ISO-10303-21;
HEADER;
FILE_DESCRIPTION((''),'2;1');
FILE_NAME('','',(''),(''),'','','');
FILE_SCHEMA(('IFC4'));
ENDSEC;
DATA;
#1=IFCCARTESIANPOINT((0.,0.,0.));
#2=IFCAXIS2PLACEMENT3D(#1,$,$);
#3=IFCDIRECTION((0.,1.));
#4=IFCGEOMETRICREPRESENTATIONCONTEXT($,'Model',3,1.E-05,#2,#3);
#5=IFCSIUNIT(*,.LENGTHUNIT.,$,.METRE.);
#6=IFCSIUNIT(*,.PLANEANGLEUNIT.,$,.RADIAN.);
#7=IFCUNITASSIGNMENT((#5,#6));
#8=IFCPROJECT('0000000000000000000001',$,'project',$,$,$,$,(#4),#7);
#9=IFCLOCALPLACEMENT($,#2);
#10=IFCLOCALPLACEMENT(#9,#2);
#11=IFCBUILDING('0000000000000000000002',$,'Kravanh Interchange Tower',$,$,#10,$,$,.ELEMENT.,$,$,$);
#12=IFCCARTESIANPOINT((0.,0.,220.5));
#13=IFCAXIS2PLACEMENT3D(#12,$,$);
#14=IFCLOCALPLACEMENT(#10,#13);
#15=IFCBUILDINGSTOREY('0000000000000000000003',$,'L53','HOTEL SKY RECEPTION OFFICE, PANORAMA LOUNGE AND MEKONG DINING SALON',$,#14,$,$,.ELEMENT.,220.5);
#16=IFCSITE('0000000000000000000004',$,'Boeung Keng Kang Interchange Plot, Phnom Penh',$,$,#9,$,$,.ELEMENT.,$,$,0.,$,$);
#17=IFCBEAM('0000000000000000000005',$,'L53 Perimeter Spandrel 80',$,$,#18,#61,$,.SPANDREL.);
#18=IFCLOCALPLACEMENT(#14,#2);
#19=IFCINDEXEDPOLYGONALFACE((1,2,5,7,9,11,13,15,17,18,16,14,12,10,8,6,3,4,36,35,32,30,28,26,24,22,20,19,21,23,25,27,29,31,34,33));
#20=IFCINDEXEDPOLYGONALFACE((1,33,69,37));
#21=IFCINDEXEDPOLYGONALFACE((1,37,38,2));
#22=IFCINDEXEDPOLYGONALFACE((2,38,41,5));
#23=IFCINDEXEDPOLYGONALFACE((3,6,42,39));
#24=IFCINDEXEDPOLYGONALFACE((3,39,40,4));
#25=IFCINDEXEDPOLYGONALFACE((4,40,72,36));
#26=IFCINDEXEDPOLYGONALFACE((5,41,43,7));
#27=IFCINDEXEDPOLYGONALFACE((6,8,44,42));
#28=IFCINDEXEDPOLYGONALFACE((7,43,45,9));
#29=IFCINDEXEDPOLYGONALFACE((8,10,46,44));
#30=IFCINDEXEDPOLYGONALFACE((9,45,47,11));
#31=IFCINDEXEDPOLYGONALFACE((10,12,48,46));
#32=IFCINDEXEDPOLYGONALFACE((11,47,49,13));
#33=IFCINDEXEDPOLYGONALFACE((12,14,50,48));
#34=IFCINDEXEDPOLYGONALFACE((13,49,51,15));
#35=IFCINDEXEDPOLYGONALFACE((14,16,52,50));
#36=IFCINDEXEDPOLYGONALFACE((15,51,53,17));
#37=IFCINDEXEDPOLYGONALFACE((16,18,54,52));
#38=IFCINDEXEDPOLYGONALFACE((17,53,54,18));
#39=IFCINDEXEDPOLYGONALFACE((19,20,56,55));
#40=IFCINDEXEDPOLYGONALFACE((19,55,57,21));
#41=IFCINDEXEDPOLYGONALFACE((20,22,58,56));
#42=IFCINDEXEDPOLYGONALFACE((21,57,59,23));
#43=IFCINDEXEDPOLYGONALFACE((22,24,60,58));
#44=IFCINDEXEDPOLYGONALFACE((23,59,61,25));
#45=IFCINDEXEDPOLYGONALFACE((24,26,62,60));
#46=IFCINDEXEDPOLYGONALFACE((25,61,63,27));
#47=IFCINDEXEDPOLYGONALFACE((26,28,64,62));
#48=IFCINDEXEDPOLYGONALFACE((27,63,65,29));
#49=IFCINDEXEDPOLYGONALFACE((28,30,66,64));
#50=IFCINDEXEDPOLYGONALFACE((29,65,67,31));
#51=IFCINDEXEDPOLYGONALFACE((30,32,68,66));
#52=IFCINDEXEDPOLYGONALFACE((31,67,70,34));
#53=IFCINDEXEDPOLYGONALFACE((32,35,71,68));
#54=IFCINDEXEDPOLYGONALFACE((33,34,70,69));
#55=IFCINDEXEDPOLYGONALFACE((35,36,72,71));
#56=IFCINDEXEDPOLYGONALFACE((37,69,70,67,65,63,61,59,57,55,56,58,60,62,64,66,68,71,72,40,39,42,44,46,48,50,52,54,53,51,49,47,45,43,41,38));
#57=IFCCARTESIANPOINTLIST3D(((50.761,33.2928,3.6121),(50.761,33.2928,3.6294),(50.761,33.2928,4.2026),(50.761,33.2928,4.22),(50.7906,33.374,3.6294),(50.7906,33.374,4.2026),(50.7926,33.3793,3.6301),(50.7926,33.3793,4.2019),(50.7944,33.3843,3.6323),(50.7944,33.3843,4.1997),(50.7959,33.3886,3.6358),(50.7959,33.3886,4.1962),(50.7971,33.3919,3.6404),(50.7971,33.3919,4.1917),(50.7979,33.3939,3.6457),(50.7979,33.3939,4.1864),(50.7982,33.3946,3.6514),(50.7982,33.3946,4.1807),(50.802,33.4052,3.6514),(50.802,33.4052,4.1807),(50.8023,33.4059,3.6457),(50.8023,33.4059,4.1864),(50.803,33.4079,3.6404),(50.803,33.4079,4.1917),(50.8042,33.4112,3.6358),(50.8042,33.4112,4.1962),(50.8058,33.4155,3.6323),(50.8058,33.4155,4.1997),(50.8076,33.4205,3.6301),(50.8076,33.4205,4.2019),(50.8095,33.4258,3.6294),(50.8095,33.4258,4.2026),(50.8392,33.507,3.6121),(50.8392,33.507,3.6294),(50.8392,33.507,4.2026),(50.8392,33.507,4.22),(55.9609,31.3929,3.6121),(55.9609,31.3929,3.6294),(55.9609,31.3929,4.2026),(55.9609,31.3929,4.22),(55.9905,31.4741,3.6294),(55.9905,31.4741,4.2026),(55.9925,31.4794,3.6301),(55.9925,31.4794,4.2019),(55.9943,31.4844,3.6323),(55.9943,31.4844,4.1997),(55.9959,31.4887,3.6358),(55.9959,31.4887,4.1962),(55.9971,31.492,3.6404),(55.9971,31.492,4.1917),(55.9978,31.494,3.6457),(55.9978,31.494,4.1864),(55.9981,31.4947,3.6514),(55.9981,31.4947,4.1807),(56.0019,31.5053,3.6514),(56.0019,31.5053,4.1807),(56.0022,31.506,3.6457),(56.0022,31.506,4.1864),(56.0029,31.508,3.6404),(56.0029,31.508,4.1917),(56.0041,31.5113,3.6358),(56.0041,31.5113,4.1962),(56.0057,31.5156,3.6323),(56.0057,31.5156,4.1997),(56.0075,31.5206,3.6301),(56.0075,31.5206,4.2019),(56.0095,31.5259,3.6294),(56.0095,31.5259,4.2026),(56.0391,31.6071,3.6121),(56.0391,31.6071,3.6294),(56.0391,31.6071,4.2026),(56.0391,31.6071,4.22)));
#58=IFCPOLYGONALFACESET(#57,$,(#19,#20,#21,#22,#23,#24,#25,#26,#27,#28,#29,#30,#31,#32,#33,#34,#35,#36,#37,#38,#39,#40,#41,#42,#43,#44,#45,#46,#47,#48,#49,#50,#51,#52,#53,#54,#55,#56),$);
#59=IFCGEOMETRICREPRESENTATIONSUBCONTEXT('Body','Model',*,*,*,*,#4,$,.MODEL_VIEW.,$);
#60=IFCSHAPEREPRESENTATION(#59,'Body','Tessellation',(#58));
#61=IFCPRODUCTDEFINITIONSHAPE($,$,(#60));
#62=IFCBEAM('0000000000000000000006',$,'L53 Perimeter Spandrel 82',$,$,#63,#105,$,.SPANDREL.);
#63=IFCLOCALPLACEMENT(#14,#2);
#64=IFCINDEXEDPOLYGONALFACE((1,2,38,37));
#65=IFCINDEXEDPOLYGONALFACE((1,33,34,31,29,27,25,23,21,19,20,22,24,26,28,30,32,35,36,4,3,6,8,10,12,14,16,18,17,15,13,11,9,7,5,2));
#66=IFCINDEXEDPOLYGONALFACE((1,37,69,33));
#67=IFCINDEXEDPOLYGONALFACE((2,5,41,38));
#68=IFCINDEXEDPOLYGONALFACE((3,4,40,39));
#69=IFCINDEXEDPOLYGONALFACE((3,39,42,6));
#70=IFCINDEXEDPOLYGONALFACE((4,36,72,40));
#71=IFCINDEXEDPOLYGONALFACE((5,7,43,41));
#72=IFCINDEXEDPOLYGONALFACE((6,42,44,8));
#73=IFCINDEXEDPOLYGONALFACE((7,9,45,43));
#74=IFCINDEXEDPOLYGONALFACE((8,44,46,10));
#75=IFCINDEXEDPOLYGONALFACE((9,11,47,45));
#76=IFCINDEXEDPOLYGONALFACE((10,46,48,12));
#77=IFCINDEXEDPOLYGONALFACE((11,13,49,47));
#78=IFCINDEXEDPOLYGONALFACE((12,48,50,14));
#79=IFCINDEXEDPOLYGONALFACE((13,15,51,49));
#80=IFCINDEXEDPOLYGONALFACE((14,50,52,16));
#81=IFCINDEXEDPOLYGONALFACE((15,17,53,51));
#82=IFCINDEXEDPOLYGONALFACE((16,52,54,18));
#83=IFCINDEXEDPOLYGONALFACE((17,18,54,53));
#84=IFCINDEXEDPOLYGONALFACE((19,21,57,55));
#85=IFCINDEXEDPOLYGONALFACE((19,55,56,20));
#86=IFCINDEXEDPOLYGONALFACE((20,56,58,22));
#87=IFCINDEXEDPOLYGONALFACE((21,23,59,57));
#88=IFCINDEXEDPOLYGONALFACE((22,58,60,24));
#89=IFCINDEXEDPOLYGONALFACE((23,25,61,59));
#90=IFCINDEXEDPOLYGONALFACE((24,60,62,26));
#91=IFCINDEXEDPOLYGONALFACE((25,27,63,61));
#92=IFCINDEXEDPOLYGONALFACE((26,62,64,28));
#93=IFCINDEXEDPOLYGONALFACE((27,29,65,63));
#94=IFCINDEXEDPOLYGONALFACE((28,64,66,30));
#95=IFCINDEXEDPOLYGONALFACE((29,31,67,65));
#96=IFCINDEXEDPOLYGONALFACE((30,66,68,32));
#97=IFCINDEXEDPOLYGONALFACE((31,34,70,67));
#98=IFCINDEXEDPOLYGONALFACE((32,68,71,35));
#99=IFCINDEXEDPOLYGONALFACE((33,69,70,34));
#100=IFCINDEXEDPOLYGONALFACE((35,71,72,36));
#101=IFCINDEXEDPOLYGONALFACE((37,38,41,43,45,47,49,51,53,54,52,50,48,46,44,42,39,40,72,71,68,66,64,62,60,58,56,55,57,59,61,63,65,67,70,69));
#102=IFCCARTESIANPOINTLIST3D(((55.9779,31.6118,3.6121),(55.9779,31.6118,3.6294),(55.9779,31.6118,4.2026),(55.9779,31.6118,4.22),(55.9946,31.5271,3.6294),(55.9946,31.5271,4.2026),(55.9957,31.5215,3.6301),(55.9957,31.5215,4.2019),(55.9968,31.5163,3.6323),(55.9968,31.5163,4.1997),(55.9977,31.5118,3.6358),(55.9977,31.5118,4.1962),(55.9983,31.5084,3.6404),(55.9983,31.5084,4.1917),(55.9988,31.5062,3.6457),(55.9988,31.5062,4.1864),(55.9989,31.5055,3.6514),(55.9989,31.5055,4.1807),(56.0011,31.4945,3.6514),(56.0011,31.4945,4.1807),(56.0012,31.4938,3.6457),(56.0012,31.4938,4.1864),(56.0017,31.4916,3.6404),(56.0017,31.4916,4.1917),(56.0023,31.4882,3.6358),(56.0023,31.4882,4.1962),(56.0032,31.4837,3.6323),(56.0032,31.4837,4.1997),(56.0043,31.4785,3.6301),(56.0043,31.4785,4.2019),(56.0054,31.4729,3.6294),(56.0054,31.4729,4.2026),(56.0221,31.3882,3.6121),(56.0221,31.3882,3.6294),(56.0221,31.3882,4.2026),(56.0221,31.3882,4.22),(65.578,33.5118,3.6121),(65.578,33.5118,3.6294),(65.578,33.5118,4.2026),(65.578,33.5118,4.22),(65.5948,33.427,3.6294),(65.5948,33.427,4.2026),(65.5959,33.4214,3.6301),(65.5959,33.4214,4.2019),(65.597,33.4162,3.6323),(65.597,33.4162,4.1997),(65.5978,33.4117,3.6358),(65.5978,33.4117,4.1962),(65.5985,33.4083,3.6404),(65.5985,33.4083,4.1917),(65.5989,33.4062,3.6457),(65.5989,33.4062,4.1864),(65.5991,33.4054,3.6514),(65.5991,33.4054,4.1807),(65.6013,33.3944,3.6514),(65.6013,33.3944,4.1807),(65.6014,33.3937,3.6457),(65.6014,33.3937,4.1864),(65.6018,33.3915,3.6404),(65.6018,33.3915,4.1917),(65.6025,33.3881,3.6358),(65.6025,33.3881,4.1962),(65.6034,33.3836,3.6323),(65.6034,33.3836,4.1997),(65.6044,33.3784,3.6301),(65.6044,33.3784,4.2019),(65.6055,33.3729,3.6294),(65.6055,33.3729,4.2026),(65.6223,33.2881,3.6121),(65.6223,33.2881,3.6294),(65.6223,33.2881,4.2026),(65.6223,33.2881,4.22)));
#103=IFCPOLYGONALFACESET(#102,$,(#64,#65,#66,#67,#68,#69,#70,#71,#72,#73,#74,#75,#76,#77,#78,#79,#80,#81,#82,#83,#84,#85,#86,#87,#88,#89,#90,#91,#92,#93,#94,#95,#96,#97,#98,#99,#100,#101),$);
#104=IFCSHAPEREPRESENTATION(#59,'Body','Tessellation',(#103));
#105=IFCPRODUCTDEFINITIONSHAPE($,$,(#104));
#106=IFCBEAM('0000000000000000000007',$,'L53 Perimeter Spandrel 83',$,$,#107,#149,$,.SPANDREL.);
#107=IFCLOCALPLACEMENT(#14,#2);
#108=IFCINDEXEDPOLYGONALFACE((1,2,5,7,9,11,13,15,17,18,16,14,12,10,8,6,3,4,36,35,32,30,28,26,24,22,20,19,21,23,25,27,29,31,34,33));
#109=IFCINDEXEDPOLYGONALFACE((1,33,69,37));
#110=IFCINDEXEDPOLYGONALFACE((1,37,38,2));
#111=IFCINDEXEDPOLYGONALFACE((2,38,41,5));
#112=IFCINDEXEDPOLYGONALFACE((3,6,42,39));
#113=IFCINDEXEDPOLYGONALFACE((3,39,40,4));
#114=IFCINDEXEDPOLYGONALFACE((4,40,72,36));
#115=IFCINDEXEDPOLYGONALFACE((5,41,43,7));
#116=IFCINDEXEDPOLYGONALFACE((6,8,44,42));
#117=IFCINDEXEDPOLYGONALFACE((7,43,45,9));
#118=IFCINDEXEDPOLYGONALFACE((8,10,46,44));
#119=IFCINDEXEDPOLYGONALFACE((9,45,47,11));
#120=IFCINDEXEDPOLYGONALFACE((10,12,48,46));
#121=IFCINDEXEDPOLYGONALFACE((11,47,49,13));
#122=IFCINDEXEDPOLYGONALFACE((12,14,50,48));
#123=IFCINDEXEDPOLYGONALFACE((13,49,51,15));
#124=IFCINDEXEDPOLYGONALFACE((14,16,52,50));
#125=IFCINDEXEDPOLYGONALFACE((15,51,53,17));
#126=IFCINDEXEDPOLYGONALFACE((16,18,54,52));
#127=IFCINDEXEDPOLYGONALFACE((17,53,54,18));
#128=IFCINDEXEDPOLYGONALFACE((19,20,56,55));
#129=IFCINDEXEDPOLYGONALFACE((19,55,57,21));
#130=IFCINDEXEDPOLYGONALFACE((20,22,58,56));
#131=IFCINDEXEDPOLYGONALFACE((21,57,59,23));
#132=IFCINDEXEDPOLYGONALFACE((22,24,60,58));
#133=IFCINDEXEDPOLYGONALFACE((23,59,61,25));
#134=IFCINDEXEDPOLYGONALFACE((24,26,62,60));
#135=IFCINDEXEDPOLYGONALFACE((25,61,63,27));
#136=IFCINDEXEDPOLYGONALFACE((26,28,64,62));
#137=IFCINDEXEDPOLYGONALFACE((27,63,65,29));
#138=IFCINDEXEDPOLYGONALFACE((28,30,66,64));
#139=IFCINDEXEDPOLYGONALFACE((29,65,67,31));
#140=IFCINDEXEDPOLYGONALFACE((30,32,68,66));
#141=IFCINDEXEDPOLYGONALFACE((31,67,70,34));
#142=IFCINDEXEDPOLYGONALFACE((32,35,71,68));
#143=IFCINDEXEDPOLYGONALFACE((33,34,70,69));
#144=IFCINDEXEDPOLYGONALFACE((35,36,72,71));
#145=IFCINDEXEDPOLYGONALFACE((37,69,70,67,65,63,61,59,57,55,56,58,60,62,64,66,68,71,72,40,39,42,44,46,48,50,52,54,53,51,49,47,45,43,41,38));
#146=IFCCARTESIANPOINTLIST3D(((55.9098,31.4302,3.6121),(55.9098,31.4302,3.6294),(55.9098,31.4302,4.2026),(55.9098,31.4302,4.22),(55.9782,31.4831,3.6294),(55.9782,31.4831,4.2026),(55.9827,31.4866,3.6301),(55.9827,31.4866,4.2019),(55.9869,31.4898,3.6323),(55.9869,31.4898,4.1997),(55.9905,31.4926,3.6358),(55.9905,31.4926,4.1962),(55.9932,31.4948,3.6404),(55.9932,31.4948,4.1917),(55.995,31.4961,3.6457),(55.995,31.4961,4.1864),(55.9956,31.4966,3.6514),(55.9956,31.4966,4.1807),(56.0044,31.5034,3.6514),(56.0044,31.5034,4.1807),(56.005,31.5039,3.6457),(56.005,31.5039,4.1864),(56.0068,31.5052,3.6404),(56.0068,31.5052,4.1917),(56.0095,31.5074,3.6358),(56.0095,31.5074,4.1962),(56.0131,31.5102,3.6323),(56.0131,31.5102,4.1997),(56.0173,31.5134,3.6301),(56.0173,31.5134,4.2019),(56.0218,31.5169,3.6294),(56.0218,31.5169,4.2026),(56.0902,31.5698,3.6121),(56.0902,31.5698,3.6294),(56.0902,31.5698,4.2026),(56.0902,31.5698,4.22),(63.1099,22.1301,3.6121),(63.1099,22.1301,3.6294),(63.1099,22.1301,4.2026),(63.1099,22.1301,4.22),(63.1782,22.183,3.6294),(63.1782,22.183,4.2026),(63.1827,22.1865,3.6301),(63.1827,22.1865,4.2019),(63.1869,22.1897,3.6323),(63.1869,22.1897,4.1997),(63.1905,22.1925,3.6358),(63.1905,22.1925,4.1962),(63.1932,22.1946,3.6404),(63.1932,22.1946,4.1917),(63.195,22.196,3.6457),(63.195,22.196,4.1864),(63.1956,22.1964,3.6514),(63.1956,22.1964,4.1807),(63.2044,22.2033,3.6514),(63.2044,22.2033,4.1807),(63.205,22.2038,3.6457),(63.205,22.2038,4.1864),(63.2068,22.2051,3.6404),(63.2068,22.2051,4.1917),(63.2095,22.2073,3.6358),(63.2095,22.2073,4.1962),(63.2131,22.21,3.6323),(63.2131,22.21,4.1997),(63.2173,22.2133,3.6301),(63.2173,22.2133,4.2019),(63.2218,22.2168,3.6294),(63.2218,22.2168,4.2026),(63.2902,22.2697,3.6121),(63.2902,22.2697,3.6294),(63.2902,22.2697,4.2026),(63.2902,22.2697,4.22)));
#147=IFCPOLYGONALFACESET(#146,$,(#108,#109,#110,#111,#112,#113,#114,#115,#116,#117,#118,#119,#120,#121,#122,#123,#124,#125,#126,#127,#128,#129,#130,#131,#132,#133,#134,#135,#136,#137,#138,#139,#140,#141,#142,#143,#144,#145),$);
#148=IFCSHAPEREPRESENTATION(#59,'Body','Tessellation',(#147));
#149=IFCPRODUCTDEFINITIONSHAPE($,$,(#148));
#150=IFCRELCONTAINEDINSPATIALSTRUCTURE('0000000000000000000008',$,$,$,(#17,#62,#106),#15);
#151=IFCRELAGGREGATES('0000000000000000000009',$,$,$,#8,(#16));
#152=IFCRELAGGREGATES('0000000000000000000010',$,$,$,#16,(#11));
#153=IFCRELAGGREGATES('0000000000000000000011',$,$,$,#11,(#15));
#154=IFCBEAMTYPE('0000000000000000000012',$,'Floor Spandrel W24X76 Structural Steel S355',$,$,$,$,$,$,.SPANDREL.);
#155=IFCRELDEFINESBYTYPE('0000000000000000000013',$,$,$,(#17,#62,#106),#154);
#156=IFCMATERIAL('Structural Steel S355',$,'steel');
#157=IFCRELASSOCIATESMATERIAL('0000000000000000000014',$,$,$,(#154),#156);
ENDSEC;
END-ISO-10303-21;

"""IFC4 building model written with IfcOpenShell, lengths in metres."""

from ifc_helpers import new_model, si_unit, direction, frame, origin, origin_2d, place, context, subcontext, project, spatial, i_section, extrude, material, material_profile, profile_set, type_object, element, save


model = new_model("IFC4")

# Units and contexts
model_context = context("Model", 3, precision=1e-05, world=origin(), true_north=direction((0.0, 1.0)))
body_context = subcontext(model_context, "Body", "Model", "MODEL_VIEW")
ifc_project = project(units=[si_unit("LENGTHUNIT", "METRE"), si_unit("PLANEANGLEUNIT", "RADIAN")], contexts=[model_context])

# Site, building, storey
site_placement = place(None, origin())
site = spatial("IfcSite", under=ifc_project, at=site_placement, Name="Boeung Keng Kang Interchange Plot, Phnom Penh", CompositionType="ELEMENT", RefElevation=0.0)
building_placement = place(site_placement, origin())
building = spatial("IfcBuilding", under=site, at=building_placement, Name="Kravanh Interchange Tower", CompositionType="ELEMENT")
storey_placement = place(building_placement, frame((0.0, 0.0, 220.5)))
storey = spatial("IfcBuildingStorey", under=building, at=storey_placement, Name="L53", Description="HOTEL SKY RECEPTION OFFICE, PANORAMA LOUNGE AND MEKONG DINING SALON", CompositionType="ELEMENT", Elevation=220.5)

# Beams
ifc_material_1 = material(Name="Structural Steel S355", Category="steel")
ifc_material_profile_1 = material_profile(ifc_material_1, i_section(OverallWidth=0.228, OverallDepth=0.6079, WebThickness=0.0112, FlangeThickness=0.0173, FilletRadius=0.022, at=origin_2d()), Name="W24X76")
ifc_profile_set_1 = profile_set([ifc_material_profile_1], Name="Structural Steel S355")
beam_type_1 = type_object("IfcBeamType", Name="Floor Spandrel W24X76 Structural Steel S355", PredefinedType="SPANDREL", material=ifc_profile_set_1)
beam_1_placement = place(storey_placement, frame((56.0, 31.5, 3.916), z_axis=(-0.93927, 0.34318, 0.0), x_axis=(-0.34318, -0.93927, 0.0)))
element("IfcBeam", 1, at=beam_1_placement, inside=storey, type_object=beam_type_1, Name="L53 Perimeter Spandrel 80", PredefinedType="SPANDREL", context=body_context, shape_type="SweptSolid", body=[
    extrude(i_section(OverallWidth=0.228, OverallDepth=0.6079, WebThickness=0.0112, FlangeThickness=0.0173, FilletRadius=0.022, at=origin_2d()), origin(), (0.0, 0.0, 1.0), 5.5361),
])
beam_2_placement = place(storey_placement, frame((56.0, 31.5, 3.916), z_axis=(0.980974, 0.194139, 0.0), x_axis=(-0.194139, 0.980974, 0.0)))
element("IfcBeam", 2, at=beam_2_placement, inside=storey, type_object=beam_type_1, Name="L53 Perimeter Spandrel 82", PredefinedType="SPANDREL", context=body_context, shape_type="SweptSolid", body=[
    extrude(i_section(OverallWidth=0.228, OverallDepth=0.6079, WebThickness=0.0112, FlangeThickness=0.0173, FilletRadius=0.022, at=origin_2d()), origin(), (0.0, 0.0, 1.0), 9.7864),
])
beam_3_placement = place(storey_placement, frame((56.0, 31.5, 3.916), z_axis=(0.612169, -0.790727, 0.0), x_axis=(0.790727, 0.612169, 0.0)))
element("IfcBeam", 3, at=beam_3_placement, inside=storey, type_object=beam_type_1, Name="L53 Perimeter Spandrel 83", PredefinedType="SPANDREL", context=body_context, shape_type="SweptSolid", body=[
    extrude(i_section(OverallWidth=0.228, OverallDepth=0.6079, WebThickness=0.0112, FlangeThickness=0.0173, FilletRadius=0.022, at=origin_2d()), origin(), (0.0, 0.0, 1.0), 11.7615),
])

save(model, "model.ifc")
